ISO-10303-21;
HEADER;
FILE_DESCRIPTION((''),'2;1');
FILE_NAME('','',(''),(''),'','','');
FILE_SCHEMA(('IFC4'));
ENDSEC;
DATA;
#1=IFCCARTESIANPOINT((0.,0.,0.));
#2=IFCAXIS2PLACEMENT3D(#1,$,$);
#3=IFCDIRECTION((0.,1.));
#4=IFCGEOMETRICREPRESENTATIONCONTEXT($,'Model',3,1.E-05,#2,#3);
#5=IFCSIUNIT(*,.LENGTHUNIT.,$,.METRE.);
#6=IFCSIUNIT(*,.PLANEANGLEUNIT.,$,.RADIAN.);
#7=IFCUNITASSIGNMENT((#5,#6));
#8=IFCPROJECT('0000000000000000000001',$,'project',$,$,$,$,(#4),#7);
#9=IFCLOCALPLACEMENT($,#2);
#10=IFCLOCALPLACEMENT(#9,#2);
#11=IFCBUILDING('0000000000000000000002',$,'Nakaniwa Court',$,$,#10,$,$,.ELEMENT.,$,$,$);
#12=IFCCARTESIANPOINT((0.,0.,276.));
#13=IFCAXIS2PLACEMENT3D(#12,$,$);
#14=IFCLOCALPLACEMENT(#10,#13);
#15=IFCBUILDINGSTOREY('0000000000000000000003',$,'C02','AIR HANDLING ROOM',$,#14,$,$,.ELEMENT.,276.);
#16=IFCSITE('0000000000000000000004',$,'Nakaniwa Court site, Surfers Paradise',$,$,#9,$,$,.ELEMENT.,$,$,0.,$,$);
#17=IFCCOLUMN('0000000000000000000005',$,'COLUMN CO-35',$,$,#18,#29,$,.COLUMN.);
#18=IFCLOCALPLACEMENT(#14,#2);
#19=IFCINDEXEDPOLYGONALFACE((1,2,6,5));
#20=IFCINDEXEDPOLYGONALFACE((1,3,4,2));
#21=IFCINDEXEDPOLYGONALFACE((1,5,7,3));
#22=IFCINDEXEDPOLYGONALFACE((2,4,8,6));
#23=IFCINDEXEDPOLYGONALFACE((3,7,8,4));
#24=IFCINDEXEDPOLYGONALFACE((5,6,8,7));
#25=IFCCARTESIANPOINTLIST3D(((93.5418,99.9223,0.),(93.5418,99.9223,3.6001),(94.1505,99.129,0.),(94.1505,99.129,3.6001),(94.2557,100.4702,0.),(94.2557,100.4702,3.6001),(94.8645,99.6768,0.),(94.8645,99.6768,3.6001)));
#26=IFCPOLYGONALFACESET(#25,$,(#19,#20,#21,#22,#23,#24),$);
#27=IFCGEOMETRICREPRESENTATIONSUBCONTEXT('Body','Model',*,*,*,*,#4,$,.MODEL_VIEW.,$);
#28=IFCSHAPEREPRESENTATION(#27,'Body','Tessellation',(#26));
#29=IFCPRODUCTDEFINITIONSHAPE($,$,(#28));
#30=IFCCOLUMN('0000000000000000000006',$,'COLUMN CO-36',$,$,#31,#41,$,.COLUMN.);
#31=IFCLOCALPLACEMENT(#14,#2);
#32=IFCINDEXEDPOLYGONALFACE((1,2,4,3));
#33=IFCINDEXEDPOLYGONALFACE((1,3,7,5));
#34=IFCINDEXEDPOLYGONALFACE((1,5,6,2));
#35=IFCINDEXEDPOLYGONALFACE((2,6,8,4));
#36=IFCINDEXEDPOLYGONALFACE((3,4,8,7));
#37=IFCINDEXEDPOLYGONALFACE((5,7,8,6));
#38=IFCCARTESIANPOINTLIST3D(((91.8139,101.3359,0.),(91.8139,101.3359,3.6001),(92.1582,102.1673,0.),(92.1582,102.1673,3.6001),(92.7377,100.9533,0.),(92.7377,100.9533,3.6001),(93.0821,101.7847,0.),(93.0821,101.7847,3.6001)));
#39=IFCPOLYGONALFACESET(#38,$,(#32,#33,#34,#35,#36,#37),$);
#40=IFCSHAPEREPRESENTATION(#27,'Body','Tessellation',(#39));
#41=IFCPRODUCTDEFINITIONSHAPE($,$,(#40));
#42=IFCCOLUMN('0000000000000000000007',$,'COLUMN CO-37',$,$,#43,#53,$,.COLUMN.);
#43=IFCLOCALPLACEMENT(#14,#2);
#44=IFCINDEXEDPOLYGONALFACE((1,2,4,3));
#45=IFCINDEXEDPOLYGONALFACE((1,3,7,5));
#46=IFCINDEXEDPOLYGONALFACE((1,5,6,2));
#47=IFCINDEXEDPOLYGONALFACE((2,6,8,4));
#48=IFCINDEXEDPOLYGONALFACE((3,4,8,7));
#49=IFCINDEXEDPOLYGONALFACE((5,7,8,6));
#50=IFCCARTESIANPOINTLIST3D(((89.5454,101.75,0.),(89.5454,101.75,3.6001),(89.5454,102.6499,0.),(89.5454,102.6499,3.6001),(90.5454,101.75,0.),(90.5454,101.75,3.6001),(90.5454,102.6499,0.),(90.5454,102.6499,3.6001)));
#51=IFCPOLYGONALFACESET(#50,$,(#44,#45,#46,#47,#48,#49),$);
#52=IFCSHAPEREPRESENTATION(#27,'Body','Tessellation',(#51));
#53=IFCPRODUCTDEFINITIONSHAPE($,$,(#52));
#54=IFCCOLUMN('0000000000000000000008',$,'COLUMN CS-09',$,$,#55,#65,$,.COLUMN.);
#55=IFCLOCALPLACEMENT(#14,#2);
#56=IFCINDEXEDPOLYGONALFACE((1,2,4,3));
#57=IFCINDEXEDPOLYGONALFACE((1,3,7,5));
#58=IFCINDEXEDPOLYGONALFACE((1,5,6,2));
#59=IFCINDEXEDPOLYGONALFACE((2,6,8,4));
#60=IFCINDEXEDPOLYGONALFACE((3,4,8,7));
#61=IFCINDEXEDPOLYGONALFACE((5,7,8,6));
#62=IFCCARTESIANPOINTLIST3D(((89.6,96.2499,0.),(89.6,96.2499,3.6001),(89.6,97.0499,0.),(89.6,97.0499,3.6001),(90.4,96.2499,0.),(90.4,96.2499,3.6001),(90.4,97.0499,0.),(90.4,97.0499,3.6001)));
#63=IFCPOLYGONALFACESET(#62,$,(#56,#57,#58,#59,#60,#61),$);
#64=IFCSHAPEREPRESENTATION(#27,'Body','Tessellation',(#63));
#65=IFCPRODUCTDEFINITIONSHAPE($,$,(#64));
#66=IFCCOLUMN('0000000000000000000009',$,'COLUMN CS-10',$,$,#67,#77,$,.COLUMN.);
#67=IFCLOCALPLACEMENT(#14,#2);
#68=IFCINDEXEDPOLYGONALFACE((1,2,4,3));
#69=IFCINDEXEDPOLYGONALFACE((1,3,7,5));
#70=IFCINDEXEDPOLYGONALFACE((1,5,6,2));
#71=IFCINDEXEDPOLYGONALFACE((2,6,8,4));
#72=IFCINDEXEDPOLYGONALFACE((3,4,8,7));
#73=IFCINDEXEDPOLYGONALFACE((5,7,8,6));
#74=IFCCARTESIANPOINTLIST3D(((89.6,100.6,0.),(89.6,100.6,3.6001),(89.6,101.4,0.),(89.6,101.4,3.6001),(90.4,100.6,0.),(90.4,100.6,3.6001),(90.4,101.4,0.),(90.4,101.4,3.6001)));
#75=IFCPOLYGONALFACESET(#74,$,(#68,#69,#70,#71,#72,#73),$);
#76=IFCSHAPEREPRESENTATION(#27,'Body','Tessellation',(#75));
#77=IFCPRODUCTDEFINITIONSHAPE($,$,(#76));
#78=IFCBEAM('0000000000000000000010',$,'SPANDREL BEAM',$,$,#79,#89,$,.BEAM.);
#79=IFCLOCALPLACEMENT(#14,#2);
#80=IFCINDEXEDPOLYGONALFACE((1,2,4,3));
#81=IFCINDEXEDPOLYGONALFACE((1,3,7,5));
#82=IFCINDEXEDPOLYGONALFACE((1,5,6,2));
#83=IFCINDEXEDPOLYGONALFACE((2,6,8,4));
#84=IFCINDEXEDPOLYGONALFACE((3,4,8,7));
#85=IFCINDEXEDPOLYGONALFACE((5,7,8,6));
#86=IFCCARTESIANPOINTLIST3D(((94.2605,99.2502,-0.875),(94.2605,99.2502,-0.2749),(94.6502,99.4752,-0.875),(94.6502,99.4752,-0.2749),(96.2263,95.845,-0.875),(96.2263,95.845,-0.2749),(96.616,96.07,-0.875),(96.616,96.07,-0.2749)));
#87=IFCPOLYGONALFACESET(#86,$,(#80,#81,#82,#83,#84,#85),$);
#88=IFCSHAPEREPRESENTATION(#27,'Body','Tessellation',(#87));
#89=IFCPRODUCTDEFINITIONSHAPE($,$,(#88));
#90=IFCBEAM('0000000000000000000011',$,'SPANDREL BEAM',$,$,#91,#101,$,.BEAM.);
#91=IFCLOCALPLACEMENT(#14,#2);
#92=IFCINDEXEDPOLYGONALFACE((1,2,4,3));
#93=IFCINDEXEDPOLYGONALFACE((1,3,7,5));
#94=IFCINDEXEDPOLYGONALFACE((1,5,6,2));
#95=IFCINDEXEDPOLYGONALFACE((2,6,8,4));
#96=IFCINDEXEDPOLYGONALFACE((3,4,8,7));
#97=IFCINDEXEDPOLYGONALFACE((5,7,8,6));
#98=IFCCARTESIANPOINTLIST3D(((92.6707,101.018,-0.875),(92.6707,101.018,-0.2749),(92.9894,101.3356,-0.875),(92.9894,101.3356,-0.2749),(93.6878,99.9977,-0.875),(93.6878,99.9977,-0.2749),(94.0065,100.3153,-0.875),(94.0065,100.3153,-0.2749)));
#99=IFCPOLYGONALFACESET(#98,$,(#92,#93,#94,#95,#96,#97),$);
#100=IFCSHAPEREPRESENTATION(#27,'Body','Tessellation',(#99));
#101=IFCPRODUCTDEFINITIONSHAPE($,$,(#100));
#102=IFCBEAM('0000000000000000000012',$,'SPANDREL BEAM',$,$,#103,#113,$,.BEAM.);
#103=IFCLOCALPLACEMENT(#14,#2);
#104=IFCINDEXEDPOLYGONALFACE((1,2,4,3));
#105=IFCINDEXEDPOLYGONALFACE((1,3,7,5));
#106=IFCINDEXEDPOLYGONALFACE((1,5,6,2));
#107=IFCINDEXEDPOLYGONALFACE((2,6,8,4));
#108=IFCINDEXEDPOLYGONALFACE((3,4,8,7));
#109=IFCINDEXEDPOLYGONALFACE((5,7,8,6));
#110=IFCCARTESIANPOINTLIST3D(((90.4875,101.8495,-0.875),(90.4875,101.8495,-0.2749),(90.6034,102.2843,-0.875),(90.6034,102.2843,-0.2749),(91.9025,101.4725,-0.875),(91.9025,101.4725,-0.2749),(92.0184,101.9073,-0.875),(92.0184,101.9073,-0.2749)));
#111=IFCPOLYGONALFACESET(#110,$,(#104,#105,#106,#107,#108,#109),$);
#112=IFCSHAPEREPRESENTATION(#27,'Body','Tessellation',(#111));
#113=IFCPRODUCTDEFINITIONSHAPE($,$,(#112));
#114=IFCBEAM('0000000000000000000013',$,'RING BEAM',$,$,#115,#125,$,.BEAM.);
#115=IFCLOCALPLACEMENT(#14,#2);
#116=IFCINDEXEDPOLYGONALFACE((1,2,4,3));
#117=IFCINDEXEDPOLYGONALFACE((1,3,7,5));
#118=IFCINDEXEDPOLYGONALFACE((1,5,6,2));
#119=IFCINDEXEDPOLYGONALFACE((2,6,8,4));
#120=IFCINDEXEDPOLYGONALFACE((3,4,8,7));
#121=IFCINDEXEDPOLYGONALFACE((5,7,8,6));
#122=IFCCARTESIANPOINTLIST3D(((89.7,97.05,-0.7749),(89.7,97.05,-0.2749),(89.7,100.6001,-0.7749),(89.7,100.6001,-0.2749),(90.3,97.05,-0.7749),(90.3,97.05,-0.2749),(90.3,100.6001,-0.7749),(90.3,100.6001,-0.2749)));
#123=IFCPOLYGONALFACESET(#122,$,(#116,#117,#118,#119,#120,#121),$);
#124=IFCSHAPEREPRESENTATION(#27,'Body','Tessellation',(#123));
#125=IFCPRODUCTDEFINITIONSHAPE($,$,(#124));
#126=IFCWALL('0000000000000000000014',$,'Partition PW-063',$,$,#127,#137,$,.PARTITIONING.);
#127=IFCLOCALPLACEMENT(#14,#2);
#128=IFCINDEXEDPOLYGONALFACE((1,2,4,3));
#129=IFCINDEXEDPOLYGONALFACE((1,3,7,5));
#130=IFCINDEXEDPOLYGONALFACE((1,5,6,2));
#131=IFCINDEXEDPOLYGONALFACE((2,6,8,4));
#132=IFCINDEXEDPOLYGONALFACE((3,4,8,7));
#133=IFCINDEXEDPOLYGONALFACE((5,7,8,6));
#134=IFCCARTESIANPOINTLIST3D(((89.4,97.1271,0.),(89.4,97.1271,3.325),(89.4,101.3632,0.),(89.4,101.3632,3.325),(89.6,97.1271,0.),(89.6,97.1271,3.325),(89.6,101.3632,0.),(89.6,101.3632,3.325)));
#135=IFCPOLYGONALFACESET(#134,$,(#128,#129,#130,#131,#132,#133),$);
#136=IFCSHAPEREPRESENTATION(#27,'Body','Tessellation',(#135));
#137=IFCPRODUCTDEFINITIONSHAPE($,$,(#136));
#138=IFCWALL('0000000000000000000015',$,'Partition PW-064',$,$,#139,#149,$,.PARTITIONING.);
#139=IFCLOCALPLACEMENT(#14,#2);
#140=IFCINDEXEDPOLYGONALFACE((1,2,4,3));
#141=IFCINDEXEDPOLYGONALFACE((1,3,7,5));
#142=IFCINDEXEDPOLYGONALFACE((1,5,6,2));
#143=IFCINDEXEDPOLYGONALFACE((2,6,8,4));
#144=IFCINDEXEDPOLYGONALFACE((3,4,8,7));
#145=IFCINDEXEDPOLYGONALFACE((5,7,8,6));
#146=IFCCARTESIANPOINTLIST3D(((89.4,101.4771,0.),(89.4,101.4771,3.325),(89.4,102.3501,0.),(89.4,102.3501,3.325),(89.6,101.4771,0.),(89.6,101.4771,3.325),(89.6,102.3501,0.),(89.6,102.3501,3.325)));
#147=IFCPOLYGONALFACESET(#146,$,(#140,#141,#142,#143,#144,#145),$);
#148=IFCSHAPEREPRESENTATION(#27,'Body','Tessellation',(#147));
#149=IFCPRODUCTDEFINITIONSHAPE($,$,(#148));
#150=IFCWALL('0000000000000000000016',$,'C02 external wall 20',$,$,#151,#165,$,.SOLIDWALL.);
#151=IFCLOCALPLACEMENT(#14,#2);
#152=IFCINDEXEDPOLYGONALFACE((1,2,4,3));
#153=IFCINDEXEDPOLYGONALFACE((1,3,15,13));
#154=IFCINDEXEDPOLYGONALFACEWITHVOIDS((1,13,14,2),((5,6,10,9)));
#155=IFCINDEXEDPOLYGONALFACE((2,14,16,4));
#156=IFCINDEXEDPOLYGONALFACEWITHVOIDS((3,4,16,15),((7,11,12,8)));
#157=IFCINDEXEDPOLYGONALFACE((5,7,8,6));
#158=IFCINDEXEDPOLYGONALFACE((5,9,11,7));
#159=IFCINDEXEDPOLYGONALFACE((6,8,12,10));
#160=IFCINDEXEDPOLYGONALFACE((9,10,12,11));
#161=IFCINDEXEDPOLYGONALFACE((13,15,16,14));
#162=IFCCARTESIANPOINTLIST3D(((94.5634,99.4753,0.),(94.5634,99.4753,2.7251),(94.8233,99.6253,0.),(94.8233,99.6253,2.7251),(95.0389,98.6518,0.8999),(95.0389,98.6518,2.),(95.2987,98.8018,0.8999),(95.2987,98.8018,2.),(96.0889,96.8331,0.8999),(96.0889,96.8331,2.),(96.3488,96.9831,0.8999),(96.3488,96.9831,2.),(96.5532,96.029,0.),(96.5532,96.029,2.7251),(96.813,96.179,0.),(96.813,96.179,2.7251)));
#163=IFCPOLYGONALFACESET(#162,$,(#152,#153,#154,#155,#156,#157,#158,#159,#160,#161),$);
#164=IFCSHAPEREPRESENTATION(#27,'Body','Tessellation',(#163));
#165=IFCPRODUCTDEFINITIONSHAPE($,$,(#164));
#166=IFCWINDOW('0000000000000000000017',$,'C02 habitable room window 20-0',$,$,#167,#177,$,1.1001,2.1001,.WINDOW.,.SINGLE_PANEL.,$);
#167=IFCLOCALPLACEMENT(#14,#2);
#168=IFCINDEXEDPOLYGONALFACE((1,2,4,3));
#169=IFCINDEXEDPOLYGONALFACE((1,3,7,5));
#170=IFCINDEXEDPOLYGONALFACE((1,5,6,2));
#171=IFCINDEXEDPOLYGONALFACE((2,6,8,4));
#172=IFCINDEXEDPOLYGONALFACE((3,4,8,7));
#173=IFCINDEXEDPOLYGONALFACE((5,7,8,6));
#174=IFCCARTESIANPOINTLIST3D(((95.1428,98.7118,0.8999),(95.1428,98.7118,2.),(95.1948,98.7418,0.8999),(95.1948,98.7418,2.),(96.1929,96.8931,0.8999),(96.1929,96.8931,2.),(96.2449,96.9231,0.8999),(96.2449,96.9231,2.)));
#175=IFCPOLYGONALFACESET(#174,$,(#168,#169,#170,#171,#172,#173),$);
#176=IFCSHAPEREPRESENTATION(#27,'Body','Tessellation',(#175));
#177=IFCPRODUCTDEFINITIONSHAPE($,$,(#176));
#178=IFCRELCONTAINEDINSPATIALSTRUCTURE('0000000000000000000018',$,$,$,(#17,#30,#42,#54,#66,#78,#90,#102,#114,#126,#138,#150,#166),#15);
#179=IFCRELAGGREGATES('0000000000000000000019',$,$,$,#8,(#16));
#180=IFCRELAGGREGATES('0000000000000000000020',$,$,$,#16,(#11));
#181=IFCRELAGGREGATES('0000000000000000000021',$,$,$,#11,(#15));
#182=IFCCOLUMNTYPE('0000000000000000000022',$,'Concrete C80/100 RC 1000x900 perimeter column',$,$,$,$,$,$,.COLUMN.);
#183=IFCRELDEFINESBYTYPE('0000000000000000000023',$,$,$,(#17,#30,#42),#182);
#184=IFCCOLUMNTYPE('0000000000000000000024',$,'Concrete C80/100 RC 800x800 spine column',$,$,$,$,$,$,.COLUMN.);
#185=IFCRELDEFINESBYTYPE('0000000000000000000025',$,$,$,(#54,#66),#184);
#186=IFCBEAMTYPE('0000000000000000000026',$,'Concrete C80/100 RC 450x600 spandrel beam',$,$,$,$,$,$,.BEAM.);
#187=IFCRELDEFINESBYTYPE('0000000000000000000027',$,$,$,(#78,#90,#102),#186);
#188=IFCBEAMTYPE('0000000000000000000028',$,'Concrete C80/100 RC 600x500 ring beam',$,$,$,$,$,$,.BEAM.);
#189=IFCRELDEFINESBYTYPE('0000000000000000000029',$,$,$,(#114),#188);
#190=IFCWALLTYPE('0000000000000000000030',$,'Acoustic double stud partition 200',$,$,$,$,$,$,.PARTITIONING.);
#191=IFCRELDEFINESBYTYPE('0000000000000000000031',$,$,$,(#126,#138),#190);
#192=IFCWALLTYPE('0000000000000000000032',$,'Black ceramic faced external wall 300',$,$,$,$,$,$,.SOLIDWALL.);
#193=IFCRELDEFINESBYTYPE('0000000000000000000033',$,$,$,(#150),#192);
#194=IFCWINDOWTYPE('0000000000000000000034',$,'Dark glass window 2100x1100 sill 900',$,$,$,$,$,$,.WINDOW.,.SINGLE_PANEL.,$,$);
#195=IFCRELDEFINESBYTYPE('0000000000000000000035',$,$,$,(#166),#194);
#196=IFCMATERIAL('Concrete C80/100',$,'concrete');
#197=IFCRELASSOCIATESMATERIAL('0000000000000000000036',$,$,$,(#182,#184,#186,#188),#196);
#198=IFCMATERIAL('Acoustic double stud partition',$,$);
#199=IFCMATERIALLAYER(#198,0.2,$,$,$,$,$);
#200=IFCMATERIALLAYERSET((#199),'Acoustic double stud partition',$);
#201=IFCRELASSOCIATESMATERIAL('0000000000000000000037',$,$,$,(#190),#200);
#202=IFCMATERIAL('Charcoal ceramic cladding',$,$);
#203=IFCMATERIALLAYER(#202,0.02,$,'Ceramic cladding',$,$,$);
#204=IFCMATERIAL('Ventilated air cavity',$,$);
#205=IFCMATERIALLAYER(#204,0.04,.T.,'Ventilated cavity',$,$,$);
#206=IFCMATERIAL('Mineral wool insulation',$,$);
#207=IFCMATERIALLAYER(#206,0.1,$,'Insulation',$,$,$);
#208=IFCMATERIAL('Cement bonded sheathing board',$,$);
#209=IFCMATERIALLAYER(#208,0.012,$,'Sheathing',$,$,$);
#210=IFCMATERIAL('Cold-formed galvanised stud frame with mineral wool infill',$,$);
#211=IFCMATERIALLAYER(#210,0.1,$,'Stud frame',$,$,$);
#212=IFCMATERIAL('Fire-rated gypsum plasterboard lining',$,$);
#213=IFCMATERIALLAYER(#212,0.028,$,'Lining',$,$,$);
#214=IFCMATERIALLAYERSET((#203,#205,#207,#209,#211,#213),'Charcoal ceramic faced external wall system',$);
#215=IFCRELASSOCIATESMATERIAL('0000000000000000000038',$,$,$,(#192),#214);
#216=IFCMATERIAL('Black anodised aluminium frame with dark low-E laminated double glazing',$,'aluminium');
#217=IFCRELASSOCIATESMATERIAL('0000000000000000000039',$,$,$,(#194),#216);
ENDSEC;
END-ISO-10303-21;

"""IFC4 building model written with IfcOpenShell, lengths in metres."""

from ifc_helpers import new_model, si_unit, direction, frame, frame_2d, origin, origin_2d, place, context, subcontext, project, spatial, rectangle, extrude, material, layer, layer_set, material_profile, profile_set, type_object, element, fill, save


model = new_model("IFC4")

# Units and contexts
model_context = context("Model", 3, precision=1e-05, world=origin(), true_north=direction((0.0, 1.0)))
body_context = subcontext(model_context, "Body", "Model", "MODEL_VIEW")
ifc_project = project(units=[si_unit("LENGTHUNIT", "METRE"), si_unit("PLANEANGLEUNIT", "RADIAN")], contexts=[model_context])

# Site, building, storey
site_placement = place(None, origin())
site = spatial("IfcSite", under=ifc_project, at=site_placement, Name="Nakaniwa Court site, Surfers Paradise", CompositionType="ELEMENT", RefElevation=0.0)
building_placement = place(site_placement, origin())
building = spatial("IfcBuilding", under=site, at=building_placement, Name="Nakaniwa Court", CompositionType="ELEMENT")
storey_placement = place(building_placement, frame((0.0, 0.0, 276.0)))
storey = spatial("IfcBuildingStorey", under=building, at=storey_placement, Name="C02", Description="AIR HANDLING ROOM", CompositionType="ELEMENT", Elevation=276.0)

# Columns
ifc_material_1 = material(Name="Concrete C80/100", Category="concrete")
ifc_material_profile_1 = material_profile(ifc_material_1, rectangle(XDim=1.0, YDim=0.8999, at=origin_2d()), Name="Concrete C80/100 RC 1000x900 perimeter column")
ifc_profile_set_1 = profile_set([ifc_material_profile_1], Name="Concrete C80/100")
column_type_1 = type_object("IfcColumnType", Name="Concrete C80/100 RC 1000x900 perimeter column", PredefinedType="COLUMN", material=ifc_profile_set_1)
for number, where, z_axis, x_axis, name in (
    (1, (94.2031, 99.7996, 0.0), (0.0, 0.0, 1.0), (-0.608761, 0.793353, 0.0), "COLUMN CO-35"),
    (2, (92.448, 101.5603, 0.0), (0.0, 0.0, 1.0), (-0.92388, 0.382683, 0.0), "COLUMN CO-36"),
    (3, (90.0454, 102.2, 0.0), (0.0, 0.0, 1.0), (-1.0, 0.0, 0.0), "COLUMN CO-37"),
):
    element("IfcColumn", number, at=place(storey_placement, frame(where, z_axis=z_axis, x_axis=x_axis)), inside=storey, type_object=column_type_1, Name=name, PredefinedType="COLUMN", context=body_context, shape_type="SweptSolid", body=[
        extrude(rectangle(XDim=1.0, YDim=0.8999, at=origin_2d()), origin(), (0.0, 0.0, 1.0), 3.6001),
    ])
ifc_material_profile_2 = material_profile(ifc_material_1, rectangle(XDim=0.8, YDim=0.8, at=origin_2d()), Name="Concrete C80/100 RC 800x800 spine column")
ifc_profile_set_2 = profile_set([ifc_material_profile_2], Name="Concrete C80/100")
column_type_2 = type_object("IfcColumnType", Name="Concrete C80/100 RC 800x800 spine column", PredefinedType="COLUMN", material=ifc_profile_set_2)
for number, where, z_axis, x_axis, name in (
    (4, (90.0, 96.6499, 0.0), (0.0, 0.0, 1.0), (0.0, 1.0, 0.0), "COLUMN CS-09"),
    (5, (90.0, 101.0, 0.0), (0.0, 0.0, 1.0), (0.0, 1.0, 0.0), "COLUMN CS-10"),
):
    element("IfcColumn", number, at=place(storey_placement, frame(where, z_axis=z_axis, x_axis=x_axis)), inside=storey, type_object=column_type_2, Name=name, PredefinedType="COLUMN", context=body_context, shape_type="SweptSolid", body=[
        extrude(rectangle(XDim=0.8, YDim=0.8, at=origin_2d()), origin(), (0.0, 0.0, 1.0), 3.6001),
    ])

# Beams
ifc_material_profile_3 = material_profile(ifc_material_1, rectangle(XDim=0.45, YDim=0.6001, at=origin_2d()), Name="Concrete C80/100 RC 450x600 spandrel beam")
ifc_profile_set_3 = profile_set([ifc_material_profile_3], Name="Concrete C80/100")
beam_type_1 = type_object("IfcBeamType", Name="Concrete C80/100 RC 450x600 spandrel beam", PredefinedType="BEAM", material=ifc_profile_set_3)
beam_1_placement = place(storey_placement, frame((96.4211, 95.9575, -0.575), z_axis=(-0.499959, 0.866049, 0.0), x_axis=(-0.866049, -0.499959, 0.0)))
element("IfcBeam", 6, at=beam_1_placement, inside=storey, type_object=beam_type_1, Name="SPANDREL BEAM", PredefinedType="BEAM", context=body_context, shape_type="SweptSolid", body=[
    extrude(rectangle(XDim=0.45, YDim=0.6001, at=origin_2d()), origin(), (0.0, 0.0, 1.0), 3.9319),
])
beam_2_placement = place(storey_placement, frame((93.8472, 100.1565, -0.575), z_axis=(-0.706004, 0.708207, 0.0), x_axis=(-0.708207, -0.706004, 0.0)))
element("IfcBeam", 7, at=beam_2_placement, inside=storey, type_object=beam_type_1, Name="SPANDREL BEAM", PredefinedType="BEAM", context=body_context, shape_type="SweptSolid", body=[
    extrude(rectangle(XDim=0.45, YDim=0.6001, at=origin_2d()), origin(), (0.0, 0.0, 1.0), 1.4407),
])
beam_3_placement = place(storey_placement, frame((91.9604, 101.6899, -0.575), z_axis=(-0.966301, 0.257414, 0.0), x_axis=(-0.257414, -0.966301, 0.0)))
element("IfcBeam", 8, at=beam_3_placement, inside=storey, type_object=beam_type_1, Name="SPANDREL BEAM", PredefinedType="BEAM", context=body_context, shape_type="SweptSolid", body=[
    extrude(rectangle(XDim=0.45, YDim=0.6001, at=origin_2d()), origin(), (0.0, 0.0, 1.0), 1.4644),
])
ifc_material_profile_4 = material_profile(ifc_material_1, rectangle(XDim=0.6001, YDim=0.5, at=origin_2d()), Name="Concrete C80/100 RC 600x500 ring beam")
ifc_profile_set_4 = profile_set([ifc_material_profile_4], Name="Concrete C80/100")
beam_type_2 = type_object("IfcBeamType", Name="Concrete C80/100 RC 600x500 ring beam", PredefinedType="BEAM", material=ifc_profile_set_4)
beam_4_placement = place(storey_placement, frame((90.0, 97.05, -0.5249), z_axis=(0.0, 1.0, 0.0), x_axis=(-1.0, 0.0, 0.0)))
element("IfcBeam", 9, at=beam_4_placement, inside=storey, type_object=beam_type_2, Name="RING BEAM", PredefinedType="BEAM", context=body_context, shape_type="SweptSolid", body=[
    extrude(rectangle(XDim=0.6001, YDim=0.5, at=origin_2d()), origin(), (0.0, 0.0, 1.0), 3.55),
])

# Walls
ifc_material_2 = material(Name="Acoustic double stud partition")
ifc_layer_1 = layer(ifc_material_2, 0.2)
ifc_layer_set_1 = layer_set([ifc_layer_1], Name="Acoustic double stud partition")
wall_type_1 = type_object("IfcWallType", Name="Acoustic double stud partition 200", PredefinedType="PARTITIONING", material=ifc_layer_set_1)
wall_1_placement = place(storey_placement, frame((89.5, 97.127, 0.0), z_axis=(0.0, 0.0, 1.0), x_axis=(0.0, 1.0, 0.0)))
element("IfcWall", 10, at=wall_1_placement, inside=storey, type_object=wall_type_1, Name="Partition PW-063", PredefinedType="PARTITIONING", context=body_context, shape_type="SweptSolid", body=[
    extrude(rectangle(XDim=4.2361, YDim=0.2, at=frame_2d((2.1182, 0.0))), origin(), (0.0, 0.0, 1.0), 3.325),
])
wall_2_placement = place(storey_placement, frame((89.5, 101.4771, 0.0), z_axis=(0.0, 0.0, 1.0), x_axis=(0.0, 1.0, 0.0)))
element("IfcWall", 11, at=wall_2_placement, inside=storey, type_object=wall_type_1, Name="Partition PW-064", PredefinedType="PARTITIONING", context=body_context, shape_type="SweptSolid", body=[
    extrude(rectangle(XDim=0.873, YDim=0.2, at=frame_2d((0.4365, 0.0))), origin(), (0.0, 0.0, 1.0), 3.325),
])

# Wall, opening, window
ifc_material_3 = material(Name="Charcoal ceramic cladding")
ifc_layer_2 = layer(ifc_material_3, 0.02, Name="Ceramic cladding")
ifc_material_4 = material(Name="Ventilated air cavity")
ifc_layer_3 = layer(ifc_material_4, 0.04, ventilated=True, Name="Ventilated cavity")
ifc_material_5 = material(Name="Mineral wool insulation")
ifc_layer_4 = layer(ifc_material_5, 0.1, Name="Insulation")
ifc_material_6 = material(Name="Cement bonded sheathing board")
ifc_layer_5 = layer(ifc_material_6, 0.012, Name="Sheathing")
ifc_material_7 = material(Name="Cold-formed galvanised stud frame with mineral wool infill")
ifc_layer_6 = layer(ifc_material_7, 0.1, Name="Stud frame")
ifc_material_8 = material(Name="Fire-rated gypsum plasterboard lining")
ifc_layer_7 = layer(ifc_material_8, 0.028, Name="Lining")
ifc_layer_set_2 = layer_set([ifc_layer_2, ifc_layer_3, ifc_layer_4, ifc_layer_5, ifc_layer_6, ifc_layer_7], Name="Charcoal ceramic faced external wall system")
wall_type_2 = type_object("IfcWallType", Name="Black ceramic faced external wall 300", PredefinedType="SOLIDWALL", material=ifc_layer_set_2)
wall_3_placement = place(storey_placement, frame((96.6831, 96.104, 0.0), z_axis=(0.0, 0.0, 1.0), x_axis=(-0.500006, 0.866022, 0.0)))
wall_3 = element("IfcWall", 12, at=wall_3_placement, inside=storey, type_object=wall_type_2, Name="C02 external wall 20", PredefinedType="SOLIDWALL", context=body_context, shape_type="SweptSolid", body=[
    extrude(rectangle(XDim=3.9795, YDim=0.3, at=frame_2d((1.9897, 0.0))), origin(), (0.0, 0.0, 1.0), 2.7251),
])
opening_1_placement = place(wall_3_placement, frame((0.9285, 0.0, 0.8999)))
opening_1 = element("IfcOpeningElement", 13, at=opening_1_placement, cuts=wall_3, PredefinedType="OPENING", context=body_context, shape_type="SweptSolid", body=[
    extrude(rectangle(XDim=2.1001, YDim=1.1001, at=frame_2d((1.05, 0.55))), frame((0.0, 0.1599, 0.0), z_axis=(0.0, -1.0, 0.0), x_axis=(1.0, 0.0, 0.0)), (0.0, 0.0, 1.0), 0.3201),
])
ifc_material_9 = material(Name="Black anodised aluminium frame with dark low-E laminated double glazing", Category="aluminium")
window_type_1 = type_object("IfcWindowType", Name="Dark glass window 2100x1100 sill 900", PartitioningType="SINGLE_PANEL", PredefinedType="WINDOW", material=ifc_material_9)
window_1_placement = place(opening_1_placement, origin())
window_1 = element("IfcWindow", 14, at=window_1_placement, inside=storey, type_object=window_type_1, Name="C02 habitable room window 20-0", OverallHeight=1.1001, OverallWidth=2.1001, PartitioningType="SINGLE_PANEL", PredefinedType="WINDOW", context=body_context, shape_type="SweptSolid", body=[
    extrude(rectangle(XDim=2.1001, YDim=1.1001, at=frame_2d((1.05, 0.55))), frame((0.0, 0.03, 0.0), z_axis=(0.0, -1.0, 0.0), x_axis=(1.0, 0.0, 0.0)), (0.0, 0.0, 1.0), 0.0601),
])
fill(opening_1, window_1)

save(model, "model.ifc")
